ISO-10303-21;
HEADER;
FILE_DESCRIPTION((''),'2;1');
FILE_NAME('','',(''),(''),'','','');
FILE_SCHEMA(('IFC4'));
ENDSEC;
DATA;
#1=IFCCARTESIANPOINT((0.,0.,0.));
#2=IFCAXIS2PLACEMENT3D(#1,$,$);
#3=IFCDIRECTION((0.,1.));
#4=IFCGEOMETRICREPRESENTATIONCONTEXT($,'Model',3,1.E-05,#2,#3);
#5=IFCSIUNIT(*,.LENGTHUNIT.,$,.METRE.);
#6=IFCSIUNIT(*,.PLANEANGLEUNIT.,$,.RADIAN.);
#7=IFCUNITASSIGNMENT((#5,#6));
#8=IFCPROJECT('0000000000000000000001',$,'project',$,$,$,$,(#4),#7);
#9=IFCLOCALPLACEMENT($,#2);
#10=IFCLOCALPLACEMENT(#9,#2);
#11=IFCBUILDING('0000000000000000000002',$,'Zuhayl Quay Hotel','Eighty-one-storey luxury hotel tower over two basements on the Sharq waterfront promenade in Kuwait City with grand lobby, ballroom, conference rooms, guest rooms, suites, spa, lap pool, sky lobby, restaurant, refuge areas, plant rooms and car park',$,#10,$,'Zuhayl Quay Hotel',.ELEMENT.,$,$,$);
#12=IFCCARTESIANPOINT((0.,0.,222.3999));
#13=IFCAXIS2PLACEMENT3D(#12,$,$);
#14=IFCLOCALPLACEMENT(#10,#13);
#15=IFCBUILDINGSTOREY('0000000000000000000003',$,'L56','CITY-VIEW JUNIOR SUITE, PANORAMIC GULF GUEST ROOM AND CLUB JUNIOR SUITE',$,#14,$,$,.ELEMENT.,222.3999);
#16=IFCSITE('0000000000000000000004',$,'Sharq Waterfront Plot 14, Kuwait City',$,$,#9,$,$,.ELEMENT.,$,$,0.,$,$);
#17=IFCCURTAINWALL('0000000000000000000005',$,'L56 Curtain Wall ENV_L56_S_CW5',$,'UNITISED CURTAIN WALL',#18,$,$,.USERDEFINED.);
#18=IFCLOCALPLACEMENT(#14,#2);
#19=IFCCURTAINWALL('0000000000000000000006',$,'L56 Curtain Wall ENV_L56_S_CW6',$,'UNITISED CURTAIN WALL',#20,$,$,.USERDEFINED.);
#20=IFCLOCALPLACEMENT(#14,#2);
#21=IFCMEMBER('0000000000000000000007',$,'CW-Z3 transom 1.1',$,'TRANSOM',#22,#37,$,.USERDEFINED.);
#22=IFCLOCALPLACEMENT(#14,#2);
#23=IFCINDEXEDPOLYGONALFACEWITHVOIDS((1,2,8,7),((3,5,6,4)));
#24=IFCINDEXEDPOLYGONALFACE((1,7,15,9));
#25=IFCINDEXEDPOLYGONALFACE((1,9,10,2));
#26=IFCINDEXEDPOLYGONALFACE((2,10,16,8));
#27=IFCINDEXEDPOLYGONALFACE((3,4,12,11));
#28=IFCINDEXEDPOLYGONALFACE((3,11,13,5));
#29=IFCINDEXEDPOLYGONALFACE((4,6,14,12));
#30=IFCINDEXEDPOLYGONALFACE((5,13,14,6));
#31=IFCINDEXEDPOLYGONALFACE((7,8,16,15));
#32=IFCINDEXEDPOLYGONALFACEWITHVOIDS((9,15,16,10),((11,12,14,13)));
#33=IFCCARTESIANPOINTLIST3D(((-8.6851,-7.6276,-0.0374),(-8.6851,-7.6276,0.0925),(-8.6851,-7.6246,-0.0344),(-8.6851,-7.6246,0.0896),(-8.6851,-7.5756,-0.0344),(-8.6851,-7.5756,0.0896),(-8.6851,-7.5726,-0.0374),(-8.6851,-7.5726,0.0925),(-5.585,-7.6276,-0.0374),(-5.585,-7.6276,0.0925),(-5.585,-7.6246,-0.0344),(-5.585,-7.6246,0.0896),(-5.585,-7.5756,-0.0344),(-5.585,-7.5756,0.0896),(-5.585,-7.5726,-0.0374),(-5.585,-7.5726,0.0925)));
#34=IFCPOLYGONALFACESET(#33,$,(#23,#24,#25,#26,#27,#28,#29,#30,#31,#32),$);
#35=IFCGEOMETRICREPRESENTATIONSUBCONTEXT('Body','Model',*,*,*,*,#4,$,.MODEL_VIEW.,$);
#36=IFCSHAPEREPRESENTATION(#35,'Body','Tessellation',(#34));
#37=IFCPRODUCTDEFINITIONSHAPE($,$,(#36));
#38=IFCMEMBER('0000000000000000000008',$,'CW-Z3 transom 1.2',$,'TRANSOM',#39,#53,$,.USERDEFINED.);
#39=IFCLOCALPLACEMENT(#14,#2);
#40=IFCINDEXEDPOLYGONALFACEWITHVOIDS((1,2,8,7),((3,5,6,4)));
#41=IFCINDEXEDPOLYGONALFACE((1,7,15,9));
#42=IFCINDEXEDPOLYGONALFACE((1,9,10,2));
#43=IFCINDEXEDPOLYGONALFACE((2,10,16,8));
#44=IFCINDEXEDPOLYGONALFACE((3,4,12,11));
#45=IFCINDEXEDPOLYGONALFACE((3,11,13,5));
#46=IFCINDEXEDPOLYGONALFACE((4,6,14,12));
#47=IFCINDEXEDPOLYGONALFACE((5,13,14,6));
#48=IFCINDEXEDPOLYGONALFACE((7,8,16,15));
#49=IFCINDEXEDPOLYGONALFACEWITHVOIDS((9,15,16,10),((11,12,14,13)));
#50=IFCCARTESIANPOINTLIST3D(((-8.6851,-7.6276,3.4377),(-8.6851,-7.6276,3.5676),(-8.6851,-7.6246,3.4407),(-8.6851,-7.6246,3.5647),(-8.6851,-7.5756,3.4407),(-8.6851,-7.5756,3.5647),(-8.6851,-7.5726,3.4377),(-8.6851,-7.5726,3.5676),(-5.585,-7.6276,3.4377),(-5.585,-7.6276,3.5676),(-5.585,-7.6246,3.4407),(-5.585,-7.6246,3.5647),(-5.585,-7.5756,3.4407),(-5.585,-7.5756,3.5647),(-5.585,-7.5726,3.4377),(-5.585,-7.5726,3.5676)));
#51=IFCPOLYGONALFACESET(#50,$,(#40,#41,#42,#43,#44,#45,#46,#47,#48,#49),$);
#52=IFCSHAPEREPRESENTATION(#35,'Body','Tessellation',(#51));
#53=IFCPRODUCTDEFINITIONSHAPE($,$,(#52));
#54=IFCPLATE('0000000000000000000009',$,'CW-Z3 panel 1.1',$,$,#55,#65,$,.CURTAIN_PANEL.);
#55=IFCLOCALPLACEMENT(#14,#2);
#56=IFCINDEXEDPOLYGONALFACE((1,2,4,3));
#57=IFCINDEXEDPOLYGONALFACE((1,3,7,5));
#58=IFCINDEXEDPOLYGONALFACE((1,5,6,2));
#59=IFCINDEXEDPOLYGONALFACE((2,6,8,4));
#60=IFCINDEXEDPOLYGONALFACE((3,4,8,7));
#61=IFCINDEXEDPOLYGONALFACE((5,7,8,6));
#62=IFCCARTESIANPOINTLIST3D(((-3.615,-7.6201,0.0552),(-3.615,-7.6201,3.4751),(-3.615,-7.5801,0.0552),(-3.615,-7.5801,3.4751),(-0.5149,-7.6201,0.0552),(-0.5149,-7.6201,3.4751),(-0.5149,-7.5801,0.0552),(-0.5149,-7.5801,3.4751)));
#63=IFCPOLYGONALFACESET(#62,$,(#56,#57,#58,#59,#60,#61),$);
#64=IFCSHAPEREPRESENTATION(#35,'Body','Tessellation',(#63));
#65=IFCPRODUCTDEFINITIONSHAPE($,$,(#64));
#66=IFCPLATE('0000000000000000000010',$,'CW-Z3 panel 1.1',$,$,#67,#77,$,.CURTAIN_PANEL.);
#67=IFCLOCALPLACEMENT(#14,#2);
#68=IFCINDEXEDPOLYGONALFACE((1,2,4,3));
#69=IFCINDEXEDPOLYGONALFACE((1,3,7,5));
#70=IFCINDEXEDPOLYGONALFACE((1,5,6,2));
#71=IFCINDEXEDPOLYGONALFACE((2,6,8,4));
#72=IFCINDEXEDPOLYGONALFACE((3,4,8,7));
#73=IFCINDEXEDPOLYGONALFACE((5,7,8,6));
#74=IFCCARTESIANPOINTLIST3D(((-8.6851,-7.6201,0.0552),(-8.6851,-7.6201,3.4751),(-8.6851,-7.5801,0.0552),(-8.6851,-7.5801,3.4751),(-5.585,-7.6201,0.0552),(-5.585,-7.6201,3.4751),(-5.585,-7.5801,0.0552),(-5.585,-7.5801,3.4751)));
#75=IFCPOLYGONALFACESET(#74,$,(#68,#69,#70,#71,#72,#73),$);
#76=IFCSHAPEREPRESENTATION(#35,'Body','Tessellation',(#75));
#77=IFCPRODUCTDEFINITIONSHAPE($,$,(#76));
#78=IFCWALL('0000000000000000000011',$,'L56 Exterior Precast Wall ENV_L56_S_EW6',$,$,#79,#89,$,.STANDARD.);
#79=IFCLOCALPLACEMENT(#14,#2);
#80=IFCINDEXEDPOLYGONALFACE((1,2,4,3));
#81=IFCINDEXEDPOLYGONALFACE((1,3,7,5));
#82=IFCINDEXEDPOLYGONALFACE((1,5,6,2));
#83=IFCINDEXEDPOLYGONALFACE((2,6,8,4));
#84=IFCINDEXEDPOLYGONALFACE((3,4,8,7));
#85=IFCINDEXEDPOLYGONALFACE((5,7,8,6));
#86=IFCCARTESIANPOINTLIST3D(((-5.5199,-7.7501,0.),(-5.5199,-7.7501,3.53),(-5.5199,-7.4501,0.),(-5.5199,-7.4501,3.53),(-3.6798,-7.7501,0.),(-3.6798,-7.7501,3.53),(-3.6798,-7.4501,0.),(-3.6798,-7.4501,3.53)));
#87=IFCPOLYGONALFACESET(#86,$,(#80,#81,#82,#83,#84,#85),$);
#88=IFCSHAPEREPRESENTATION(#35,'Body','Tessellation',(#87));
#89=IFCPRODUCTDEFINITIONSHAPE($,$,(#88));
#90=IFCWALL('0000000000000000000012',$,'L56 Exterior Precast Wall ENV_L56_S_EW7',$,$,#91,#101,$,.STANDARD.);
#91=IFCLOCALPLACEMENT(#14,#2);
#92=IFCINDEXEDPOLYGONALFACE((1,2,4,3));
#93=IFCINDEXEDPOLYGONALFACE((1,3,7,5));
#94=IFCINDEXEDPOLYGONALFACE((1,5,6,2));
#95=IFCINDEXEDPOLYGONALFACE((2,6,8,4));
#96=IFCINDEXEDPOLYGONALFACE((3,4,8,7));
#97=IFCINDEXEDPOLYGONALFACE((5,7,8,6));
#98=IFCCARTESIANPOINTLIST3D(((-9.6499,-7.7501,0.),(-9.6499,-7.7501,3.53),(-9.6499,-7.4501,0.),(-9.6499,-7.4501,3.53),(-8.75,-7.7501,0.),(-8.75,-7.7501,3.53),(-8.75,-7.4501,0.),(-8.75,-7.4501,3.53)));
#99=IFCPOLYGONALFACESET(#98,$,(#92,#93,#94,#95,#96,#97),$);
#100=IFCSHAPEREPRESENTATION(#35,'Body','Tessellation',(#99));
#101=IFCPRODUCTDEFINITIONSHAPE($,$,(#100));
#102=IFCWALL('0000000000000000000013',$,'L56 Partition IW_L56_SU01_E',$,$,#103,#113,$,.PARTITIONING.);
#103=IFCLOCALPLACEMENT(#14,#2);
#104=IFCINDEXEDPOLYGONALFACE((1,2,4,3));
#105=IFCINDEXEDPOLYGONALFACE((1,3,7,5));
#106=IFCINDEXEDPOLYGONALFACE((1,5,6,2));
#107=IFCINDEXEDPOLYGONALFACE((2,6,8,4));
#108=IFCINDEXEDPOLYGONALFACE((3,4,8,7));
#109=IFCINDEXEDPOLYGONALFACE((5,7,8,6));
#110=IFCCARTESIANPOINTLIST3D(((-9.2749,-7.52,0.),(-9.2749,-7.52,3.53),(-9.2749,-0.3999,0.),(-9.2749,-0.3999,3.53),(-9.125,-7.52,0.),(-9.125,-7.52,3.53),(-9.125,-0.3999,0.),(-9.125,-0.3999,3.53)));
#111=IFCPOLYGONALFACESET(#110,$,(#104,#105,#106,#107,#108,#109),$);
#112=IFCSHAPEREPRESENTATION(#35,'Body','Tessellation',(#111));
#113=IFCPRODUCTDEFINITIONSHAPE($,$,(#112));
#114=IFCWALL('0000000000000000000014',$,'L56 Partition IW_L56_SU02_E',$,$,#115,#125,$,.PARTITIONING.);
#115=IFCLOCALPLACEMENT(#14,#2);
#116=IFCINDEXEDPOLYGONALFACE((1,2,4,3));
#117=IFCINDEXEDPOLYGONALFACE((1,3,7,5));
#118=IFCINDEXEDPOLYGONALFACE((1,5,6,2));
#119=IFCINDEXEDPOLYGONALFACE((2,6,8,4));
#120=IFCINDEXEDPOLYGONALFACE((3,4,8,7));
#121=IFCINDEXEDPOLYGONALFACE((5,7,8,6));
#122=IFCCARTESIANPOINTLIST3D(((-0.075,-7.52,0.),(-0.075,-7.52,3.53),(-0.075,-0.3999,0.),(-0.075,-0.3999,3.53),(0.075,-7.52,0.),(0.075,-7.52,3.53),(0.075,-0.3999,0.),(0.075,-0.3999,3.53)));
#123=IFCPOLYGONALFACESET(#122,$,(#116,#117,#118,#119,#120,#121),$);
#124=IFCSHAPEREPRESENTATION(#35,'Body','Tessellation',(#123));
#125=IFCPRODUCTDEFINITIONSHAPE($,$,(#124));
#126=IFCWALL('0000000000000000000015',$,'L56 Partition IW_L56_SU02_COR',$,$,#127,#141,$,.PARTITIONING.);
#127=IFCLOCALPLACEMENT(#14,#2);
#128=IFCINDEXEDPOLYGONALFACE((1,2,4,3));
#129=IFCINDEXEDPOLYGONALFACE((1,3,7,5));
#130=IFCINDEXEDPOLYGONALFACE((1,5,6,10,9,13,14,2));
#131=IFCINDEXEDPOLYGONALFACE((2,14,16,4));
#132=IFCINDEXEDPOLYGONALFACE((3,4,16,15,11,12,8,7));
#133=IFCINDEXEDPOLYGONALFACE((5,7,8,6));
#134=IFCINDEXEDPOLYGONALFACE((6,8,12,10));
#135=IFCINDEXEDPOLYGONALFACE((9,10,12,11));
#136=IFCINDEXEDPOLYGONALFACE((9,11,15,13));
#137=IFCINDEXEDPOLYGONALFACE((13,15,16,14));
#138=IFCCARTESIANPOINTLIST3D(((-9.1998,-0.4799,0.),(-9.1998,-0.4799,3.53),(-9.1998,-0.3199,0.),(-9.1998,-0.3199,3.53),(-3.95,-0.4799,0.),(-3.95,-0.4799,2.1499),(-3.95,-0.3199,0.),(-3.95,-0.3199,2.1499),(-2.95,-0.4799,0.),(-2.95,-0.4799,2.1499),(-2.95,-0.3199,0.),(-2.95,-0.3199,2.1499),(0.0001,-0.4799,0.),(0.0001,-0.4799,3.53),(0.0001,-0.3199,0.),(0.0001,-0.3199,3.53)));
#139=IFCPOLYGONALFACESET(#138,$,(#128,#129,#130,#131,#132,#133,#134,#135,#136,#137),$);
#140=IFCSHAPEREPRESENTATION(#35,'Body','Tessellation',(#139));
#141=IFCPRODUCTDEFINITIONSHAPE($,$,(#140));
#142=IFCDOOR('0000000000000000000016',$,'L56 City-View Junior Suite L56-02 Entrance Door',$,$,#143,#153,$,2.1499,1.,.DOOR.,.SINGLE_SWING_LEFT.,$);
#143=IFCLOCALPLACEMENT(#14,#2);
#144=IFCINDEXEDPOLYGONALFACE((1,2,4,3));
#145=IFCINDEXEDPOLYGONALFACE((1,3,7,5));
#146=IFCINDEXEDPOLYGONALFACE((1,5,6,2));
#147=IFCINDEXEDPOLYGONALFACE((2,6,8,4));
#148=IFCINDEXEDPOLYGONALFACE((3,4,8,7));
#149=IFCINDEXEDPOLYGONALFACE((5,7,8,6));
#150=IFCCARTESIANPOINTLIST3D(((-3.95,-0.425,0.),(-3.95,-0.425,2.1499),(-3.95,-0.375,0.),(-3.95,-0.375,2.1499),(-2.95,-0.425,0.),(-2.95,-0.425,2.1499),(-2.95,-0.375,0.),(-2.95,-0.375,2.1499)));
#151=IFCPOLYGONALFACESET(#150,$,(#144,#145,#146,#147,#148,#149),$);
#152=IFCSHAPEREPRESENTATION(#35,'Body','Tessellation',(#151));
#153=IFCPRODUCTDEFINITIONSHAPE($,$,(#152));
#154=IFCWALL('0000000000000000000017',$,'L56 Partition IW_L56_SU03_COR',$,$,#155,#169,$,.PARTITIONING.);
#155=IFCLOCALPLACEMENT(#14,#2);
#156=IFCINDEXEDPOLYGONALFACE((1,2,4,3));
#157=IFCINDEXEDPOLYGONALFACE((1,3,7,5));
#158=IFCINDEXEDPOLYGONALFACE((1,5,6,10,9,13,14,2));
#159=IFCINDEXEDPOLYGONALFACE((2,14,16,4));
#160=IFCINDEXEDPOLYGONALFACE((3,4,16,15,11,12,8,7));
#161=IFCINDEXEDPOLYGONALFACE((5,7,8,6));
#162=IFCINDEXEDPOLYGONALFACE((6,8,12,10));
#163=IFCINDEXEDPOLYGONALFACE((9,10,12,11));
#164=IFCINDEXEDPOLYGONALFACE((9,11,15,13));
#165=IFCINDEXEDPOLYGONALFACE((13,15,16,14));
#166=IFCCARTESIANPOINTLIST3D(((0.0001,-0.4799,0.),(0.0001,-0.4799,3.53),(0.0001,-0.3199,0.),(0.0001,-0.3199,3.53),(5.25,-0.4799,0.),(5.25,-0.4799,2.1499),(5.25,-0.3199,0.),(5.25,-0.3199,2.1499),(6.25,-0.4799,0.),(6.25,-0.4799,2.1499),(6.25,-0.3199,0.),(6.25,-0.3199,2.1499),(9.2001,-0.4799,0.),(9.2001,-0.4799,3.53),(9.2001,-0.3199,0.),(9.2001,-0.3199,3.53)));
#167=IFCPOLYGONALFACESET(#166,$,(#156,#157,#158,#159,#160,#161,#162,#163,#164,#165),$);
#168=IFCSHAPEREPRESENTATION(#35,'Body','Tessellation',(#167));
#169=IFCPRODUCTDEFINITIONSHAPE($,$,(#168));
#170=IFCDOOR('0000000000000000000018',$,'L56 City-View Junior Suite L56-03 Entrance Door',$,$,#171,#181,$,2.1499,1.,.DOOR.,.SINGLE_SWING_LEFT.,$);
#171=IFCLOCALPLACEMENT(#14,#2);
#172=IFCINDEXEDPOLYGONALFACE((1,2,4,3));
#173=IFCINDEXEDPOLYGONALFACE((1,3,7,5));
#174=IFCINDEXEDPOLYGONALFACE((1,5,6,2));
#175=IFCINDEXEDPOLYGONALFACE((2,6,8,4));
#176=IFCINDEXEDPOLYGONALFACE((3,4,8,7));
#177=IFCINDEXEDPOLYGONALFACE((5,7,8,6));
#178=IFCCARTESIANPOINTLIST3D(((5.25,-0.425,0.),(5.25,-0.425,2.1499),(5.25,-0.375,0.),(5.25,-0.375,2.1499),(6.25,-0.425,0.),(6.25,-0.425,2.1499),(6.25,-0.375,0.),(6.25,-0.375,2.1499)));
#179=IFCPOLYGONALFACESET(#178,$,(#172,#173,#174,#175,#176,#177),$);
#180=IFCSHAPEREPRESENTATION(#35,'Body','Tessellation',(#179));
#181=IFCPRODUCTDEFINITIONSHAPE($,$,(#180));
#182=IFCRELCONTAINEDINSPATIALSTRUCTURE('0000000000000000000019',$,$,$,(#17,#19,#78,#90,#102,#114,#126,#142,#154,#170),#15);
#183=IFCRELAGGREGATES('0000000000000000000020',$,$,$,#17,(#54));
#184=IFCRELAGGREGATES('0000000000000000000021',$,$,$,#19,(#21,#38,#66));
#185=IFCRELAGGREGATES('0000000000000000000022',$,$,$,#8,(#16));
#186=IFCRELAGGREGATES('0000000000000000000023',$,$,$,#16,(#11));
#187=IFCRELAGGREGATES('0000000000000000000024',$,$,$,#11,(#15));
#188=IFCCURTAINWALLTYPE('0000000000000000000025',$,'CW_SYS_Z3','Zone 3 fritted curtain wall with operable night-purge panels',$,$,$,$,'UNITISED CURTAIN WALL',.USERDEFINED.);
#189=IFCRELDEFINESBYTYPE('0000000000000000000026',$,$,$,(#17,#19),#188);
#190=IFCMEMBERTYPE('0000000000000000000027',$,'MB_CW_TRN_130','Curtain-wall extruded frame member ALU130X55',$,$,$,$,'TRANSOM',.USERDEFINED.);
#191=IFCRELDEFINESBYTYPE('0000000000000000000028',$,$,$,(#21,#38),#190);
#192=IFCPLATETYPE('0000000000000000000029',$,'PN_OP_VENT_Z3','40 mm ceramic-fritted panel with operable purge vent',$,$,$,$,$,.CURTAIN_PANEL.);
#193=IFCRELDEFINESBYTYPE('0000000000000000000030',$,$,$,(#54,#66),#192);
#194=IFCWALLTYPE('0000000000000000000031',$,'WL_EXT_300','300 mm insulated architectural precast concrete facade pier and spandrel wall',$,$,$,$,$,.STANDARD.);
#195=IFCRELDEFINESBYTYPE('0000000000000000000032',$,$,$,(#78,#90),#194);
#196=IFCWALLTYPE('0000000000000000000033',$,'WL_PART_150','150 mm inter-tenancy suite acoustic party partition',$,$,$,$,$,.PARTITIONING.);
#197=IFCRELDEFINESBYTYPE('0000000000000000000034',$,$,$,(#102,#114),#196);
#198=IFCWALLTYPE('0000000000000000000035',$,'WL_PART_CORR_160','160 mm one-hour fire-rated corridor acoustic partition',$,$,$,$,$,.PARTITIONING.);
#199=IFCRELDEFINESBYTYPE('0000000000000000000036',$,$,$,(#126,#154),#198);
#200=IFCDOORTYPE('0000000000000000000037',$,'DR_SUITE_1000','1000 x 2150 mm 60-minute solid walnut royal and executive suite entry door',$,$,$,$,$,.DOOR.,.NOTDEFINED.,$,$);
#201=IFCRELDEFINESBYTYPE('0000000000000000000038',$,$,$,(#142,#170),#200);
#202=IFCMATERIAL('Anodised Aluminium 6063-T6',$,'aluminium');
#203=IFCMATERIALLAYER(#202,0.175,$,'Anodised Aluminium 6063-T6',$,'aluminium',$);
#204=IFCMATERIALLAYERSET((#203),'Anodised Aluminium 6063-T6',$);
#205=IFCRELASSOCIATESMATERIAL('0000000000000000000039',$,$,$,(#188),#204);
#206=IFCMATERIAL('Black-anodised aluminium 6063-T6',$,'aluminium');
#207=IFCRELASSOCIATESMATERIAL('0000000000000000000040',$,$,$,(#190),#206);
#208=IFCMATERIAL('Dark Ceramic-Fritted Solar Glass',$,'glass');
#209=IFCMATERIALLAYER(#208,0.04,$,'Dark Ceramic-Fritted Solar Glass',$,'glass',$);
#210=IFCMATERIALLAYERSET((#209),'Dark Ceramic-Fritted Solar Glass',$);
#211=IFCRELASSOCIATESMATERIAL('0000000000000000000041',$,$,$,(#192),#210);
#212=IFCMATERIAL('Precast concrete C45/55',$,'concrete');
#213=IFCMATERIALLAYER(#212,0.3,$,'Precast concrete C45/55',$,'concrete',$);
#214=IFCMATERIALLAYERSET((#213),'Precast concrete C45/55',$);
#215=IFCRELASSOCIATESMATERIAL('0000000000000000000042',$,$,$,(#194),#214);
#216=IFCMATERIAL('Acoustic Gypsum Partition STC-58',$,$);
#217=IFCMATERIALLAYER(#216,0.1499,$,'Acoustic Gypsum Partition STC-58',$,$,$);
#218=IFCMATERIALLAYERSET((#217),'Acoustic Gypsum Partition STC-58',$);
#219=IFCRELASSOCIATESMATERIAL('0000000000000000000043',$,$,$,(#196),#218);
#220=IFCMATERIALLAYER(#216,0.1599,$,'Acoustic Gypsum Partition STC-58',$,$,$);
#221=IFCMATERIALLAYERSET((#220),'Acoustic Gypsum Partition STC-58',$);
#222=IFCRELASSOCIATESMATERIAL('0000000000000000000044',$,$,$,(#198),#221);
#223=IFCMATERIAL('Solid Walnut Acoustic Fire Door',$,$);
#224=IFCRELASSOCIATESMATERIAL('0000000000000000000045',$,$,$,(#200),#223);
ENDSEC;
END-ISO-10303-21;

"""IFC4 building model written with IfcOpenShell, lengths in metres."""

from ifc_helpers import new_model, si_unit, direction, frame, frame_2d, origin, origin_2d, place, context, subcontext, project, spatial, rectangle, hollow_rectangle, extrude, material, layer, layer_set, material_profile, profile_set, type_object, element, fill, aggregate, save


model = new_model("IFC4")

# Units and contexts
model_context = context("Model", 3, precision=1e-05, world=origin(), true_north=direction((0.0, 1.0)))
body_context = subcontext(model_context, "Body", "Model", "MODEL_VIEW")
ifc_project = project(units=[si_unit("LENGTHUNIT", "METRE"), si_unit("PLANEANGLEUNIT", "RADIAN")], contexts=[model_context])

# Site, building, storey
site_placement = place(None, origin())
site = spatial("IfcSite", under=ifc_project, at=site_placement, Name="Sharq Waterfront Plot 14, Kuwait City", CompositionType="ELEMENT", RefElevation=0.0)
building_placement = place(site_placement, origin())
building = spatial("IfcBuilding", under=site, at=building_placement, Name="Zuhayl Quay Hotel", Description="Eighty-one-storey luxury hotel tower over two basements on the Sharq waterfront promenade in Kuwait City with grand lobby, ballroom, conference rooms, guest rooms, suites, spa, lap pool, sky lobby, restaurant, refuge areas, plant rooms and car park", LongName="Zuhayl Quay Hotel", CompositionType="ELEMENT")
storey_placement = place(building_placement, frame((0.0, 0.0, 222.3999)))
storey = spatial("IfcBuildingStorey", under=building, at=storey_placement, Name="L56", Description="CITY-VIEW JUNIOR SUITE, PANORAMIC GULF GUEST ROOM AND CLUB JUNIOR SUITE", CompositionType="ELEMENT", Elevation=222.3999)

# Curtain walls
ifc_material_1 = material(Name="Anodised Aluminium 6063-T6", Category="aluminium")
ifc_layer_1 = layer(ifc_material_1, 0.175, Name="Anodised Aluminium 6063-T6", Category="aluminium")
ifc_layer_set_1 = layer_set([ifc_layer_1], Name="Anodised Aluminium 6063-T6")
curtain_wall_type = type_object("IfcCurtainWallType", Name="CW_SYS_Z3", Description="Zone 3 fritted curtain wall with operable night-purge panels", ElementType="UNITISED CURTAIN WALL", PredefinedType="USERDEFINED", material=ifc_layer_set_1)
curtain_wall_1_placement = place(storey_placement, origin())
curtain_wall_1 = element("IfcCurtainWall", 1, at=curtain_wall_1_placement, inside=storey, type_object=curtain_wall_type, Name="L56 Curtain Wall ENV_L56_S_CW5", ObjectType="UNITISED CURTAIN WALL", PredefinedType="USERDEFINED")
ifc_material_2 = material(Name="Black-anodised aluminium 6063-T6", Category="aluminium")
curtain_wall_2_placement = place(storey_placement, origin())
curtain_wall_2 = element("IfcCurtainWall", 2, at=curtain_wall_2_placement, inside=storey, type_object=curtain_wall_type, Name="L56 Curtain Wall ENV_L56_S_CW6", ObjectType="UNITISED CURTAIN WALL", PredefinedType="USERDEFINED")

# Members
ifc_material_profile_1 = material_profile(ifc_material_2, hollow_rectangle(XDim=0.0549, YDim=0.1299, WallThickness=0.0029, at=origin_2d()), Name="ALU130X55")
ifc_profile_set_1 = profile_set([ifc_material_profile_1], Name="Black-anodised aluminium 6063-T6")
member_type_1 = type_object("IfcMemberType", Name="MB_CW_TRN_130", Description="Curtain-wall extruded frame member ALU130X55", ElementType="TRANSOM", PredefinedType="USERDEFINED", material=ifc_profile_set_1)
member_1_placement = place(storey_placement, frame((-5.585, -7.6001, 0.0276), z_axis=(-1.0, 0.0, 0.0), x_axis=(0.0, -1.0, 0.0)))
member_1 = element("IfcMember", 3, at=member_1_placement, type_object=member_type_1, Name="CW-Z3 transom 1.1", ObjectType="TRANSOM", PredefinedType="USERDEFINED", context=body_context, shape_type="SweptSolid", body=[
    extrude(hollow_rectangle(XDim=0.0549, YDim=0.1299, WallThickness=0.0029, at=origin_2d()), origin(), (0.0, 0.0, 1.0), 3.1001),
])
member_2_placement = place(storey_placement, frame((-5.585, -7.6001, 3.5027), z_axis=(-1.0, 0.0, 0.0), x_axis=(0.0, -1.0, 0.0)))
member_2 = element("IfcMember", 4, at=member_2_placement, type_object=member_type_1, Name="CW-Z3 transom 1.2", ObjectType="TRANSOM", PredefinedType="USERDEFINED", context=body_context, shape_type="SweptSolid", body=[
    extrude(hollow_rectangle(XDim=0.0549, YDim=0.1299, WallThickness=0.0029, at=origin_2d()), origin(), (0.0, 0.0, 1.0), 3.1001),
])

# Plates
ifc_material_3 = material(Name="Dark Ceramic-Fritted Solar Glass", Category="glass")
ifc_layer_2 = layer(ifc_material_3, 0.04, Name="Dark Ceramic-Fritted Solar Glass", Category="glass")
ifc_layer_set_2 = layer_set([ifc_layer_2], Name="Dark Ceramic-Fritted Solar Glass")
plate_type = type_object("IfcPlateType", Name="PN_OP_VENT_Z3", Description="40 mm ceramic-fritted panel with operable purge vent", PredefinedType="CURTAIN_PANEL", material=ifc_layer_set_2)
plate_1_placement = place(storey_placement, frame((-2.0649, -7.6001, 0.0552), z_axis=(0.0, 0.0, 1.0), x_axis=(-1.0, 0.0, 0.0)))
plate_1 = element("IfcPlate", 5, at=plate_1_placement, type_object=plate_type, Name="CW-Z3 panel 1.1", PredefinedType="CURTAIN_PANEL", context=body_context, shape_type="SweptSolid", body=[
    extrude(rectangle(XDim=3.1001, YDim=0.04, at=origin_2d()), origin(), (0.0, 0.0, 1.0), 3.4199),
])
aggregate(curtain_wall_1, [plate_1])
plate_2_placement = place(storey_placement, frame((-7.135, -7.6001, 0.0552), z_axis=(0.0, 0.0, 1.0), x_axis=(-1.0, 0.0, 0.0)))
plate_2 = element("IfcPlate", 6, at=plate_2_placement, type_object=plate_type, Name="CW-Z3 panel 1.1", PredefinedType="CURTAIN_PANEL", context=body_context, shape_type="SweptSolid", body=[
    extrude(rectangle(XDim=3.1001, YDim=0.04, at=origin_2d()), origin(), (0.0, 0.0, 1.0), 3.4199),
])
aggregate(curtain_wall_2, [member_1, member_2, plate_2])

# Walls
ifc_material_4 = material(Name="Precast concrete C45/55", Category="concrete")
ifc_layer_3 = layer(ifc_material_4, 0.3, Name="Precast concrete C45/55", Category="concrete")
ifc_layer_set_3 = layer_set([ifc_layer_3], Name="Precast concrete C45/55")
wall_type_1 = type_object("IfcWallType", Name="WL_EXT_300", Description="300 mm insulated architectural precast concrete facade pier and spandrel wall", PredefinedType="STANDARD", material=ifc_layer_set_3)
wall_1_placement = place(storey_placement, frame((-3.6799, -7.6001, 0.0), z_axis=(0.0, 0.0, 1.0), x_axis=(-1.0, 0.0, 0.0)))
element("IfcWall", 7, at=wall_1_placement, inside=storey, type_object=wall_type_1, Name="L56 Exterior Precast Wall ENV_L56_S_EW6", PredefinedType="STANDARD", context=body_context, shape_type="SweptSolid", body=[
    extrude(rectangle(XDim=1.8401, YDim=0.3, at=frame_2d((0.9199, 0.0))), origin(), (0.0, 0.0, 1.0), 3.53),
])
wall_2_placement = place(storey_placement, frame((-8.75, -7.6001, 0.0), z_axis=(0.0, 0.0, 1.0), x_axis=(-1.0, 0.0, 0.0)))
element("IfcWall", 8, at=wall_2_placement, inside=storey, type_object=wall_type_1, Name="L56 Exterior Precast Wall ENV_L56_S_EW7", PredefinedType="STANDARD", context=body_context, shape_type="SweptSolid", body=[
    extrude(rectangle(XDim=0.8999, YDim=0.3, at=frame_2d((0.45, 0.0))), origin(), (0.0, 0.0, 1.0), 3.53),
])
ifc_material_5 = material(Name="Acoustic Gypsum Partition STC-58")
ifc_layer_4 = layer(ifc_material_5, 0.1499, Name="Acoustic Gypsum Partition STC-58")
ifc_layer_set_4 = layer_set([ifc_layer_4], Name="Acoustic Gypsum Partition STC-58")
wall_type_2 = type_object("IfcWallType", Name="WL_PART_150", Description="150 mm inter-tenancy suite acoustic party partition", PredefinedType="PARTITIONING", material=ifc_layer_set_4)
for number, where, z_axis, x_axis, name in (
    (9, (-9.2, -7.52, 0.0), (0.0, 0.0, 1.0), (0.0, 1.0, 0.0), "L56 Partition IW_L56_SU01_E"),
    (10, (0.0, -7.52, 0.0), (0.0, 0.0, 1.0), (0.0, 1.0, 0.0), "L56 Partition IW_L56_SU02_E"),
):
    element("IfcWall", number, at=place(storey_placement, frame(where, z_axis=z_axis, x_axis=x_axis)), inside=storey, type_object=wall_type_2, Name=name, PredefinedType="PARTITIONING", context=body_context, shape_type="SweptSolid", body=[
        extrude(rectangle(XDim=7.1201, YDim=0.1499, at=frame_2d((3.5601, 0.0))), origin(), (0.0, 0.0, 1.0), 3.53),
    ])

# Walls, openings, doors
ifc_layer_5 = layer(ifc_material_5, 0.1599, Name="Acoustic Gypsum Partition STC-58")
ifc_layer_set_5 = layer_set([ifc_layer_5], Name="Acoustic Gypsum Partition STC-58")
wall_type_3 = type_object("IfcWallType", Name="WL_PART_CORR_160", Description="160 mm one-hour fire-rated corridor acoustic partition", PredefinedType="PARTITIONING", material=ifc_layer_set_5)
wall_3_placement = place(storey_placement, frame((-9.2, -0.3999, 0.0), z_axis=(0.0, 0.0, 1.0), x_axis=(1.0, 0.0, 0.0)))
wall_3 = element("IfcWall", 11, at=wall_3_placement, inside=storey, type_object=wall_type_3, Name="L56 Partition IW_L56_SU02_COR", PredefinedType="PARTITIONING", context=body_context, shape_type="SweptSolid", body=[
    extrude(rectangle(XDim=9.2, YDim=0.1599, at=frame_2d((4.6001, 0.0))), origin(), (0.0, 0.0, 1.0), 3.53),
])
opening_1_placement = place(wall_3_placement, frame((5.25, 0.0, 0.0)))
opening_1 = element("IfcOpeningElement", 12, at=opening_1_placement, cuts=wall_3, PredefinedType="OPENING", context=body_context, shape_type="SweptSolid", body=[
    extrude(rectangle(XDim=1.0, YDim=2.1499, at=frame_2d((0.5, 1.075))), frame((0.0, 0.0898, 0.0), z_axis=(0.0, -1.0, 0.0), x_axis=(1.0, 0.0, 0.0)), (0.0, 0.0, 1.0), 0.1799),
])
ifc_material_6 = material(Name="Solid Walnut Acoustic Fire Door")
door_type_1 = type_object("IfcDoorType", Name="DR_SUITE_1000", Description="1000 x 2150 mm 60-minute solid walnut royal and executive suite entry door", OperationType="NOTDEFINED", PredefinedType="DOOR", material=ifc_material_6)
door_1_placement = place(opening_1_placement, origin())
door_1 = element("IfcDoor", 13, at=door_1_placement, inside=storey, type_object=door_type_1, Name="L56 City-View Junior Suite L56-02 Entrance Door", OperationType="SINGLE_SWING_LEFT", OverallHeight=2.1499, OverallWidth=1.0, PredefinedType="DOOR", context=body_context, shape_type="SweptSolid", body=[
    extrude(rectangle(XDim=1.0, YDim=2.1499, at=frame_2d((0.5, 1.075))), frame((0.0, 0.0249, 0.0), z_axis=(0.0, -1.0, 0.0), x_axis=(1.0, 0.0, 0.0)), (0.0, 0.0, 1.0), 0.05),
])
fill(opening_1, door_1)
wall_4_placement = place(storey_placement, frame((0.0, -0.3999, 0.0), z_axis=(0.0, 0.0, 1.0), x_axis=(1.0, 0.0, 0.0)))
wall_4 = element("IfcWall", 14, at=wall_4_placement, inside=storey, type_object=wall_type_3, Name="L56 Partition IW_L56_SU03_COR", PredefinedType="PARTITIONING", context=body_context, shape_type="SweptSolid", body=[
    extrude(rectangle(XDim=9.2, YDim=0.1599, at=frame_2d((4.6001, 0.0))), origin(), (0.0, 0.0, 1.0), 3.53),
])
opening_2_placement = place(wall_4_placement, frame((5.25, 0.0, 0.0)))
opening_2 = element("IfcOpeningElement", 15, at=opening_2_placement, cuts=wall_4, PredefinedType="OPENING", context=body_context, shape_type="SweptSolid", body=[
    extrude(rectangle(XDim=1.0, YDim=2.1499, at=frame_2d((0.5, 1.075))), frame((0.0, 0.0898, 0.0), z_axis=(0.0, -1.0, 0.0), x_axis=(1.0, 0.0, 0.0)), (0.0, 0.0, 1.0), 0.1799),
])
door_2_placement = place(opening_2_placement, origin())
door_2 = element("IfcDoor", 16, at=door_2_placement, inside=storey, type_object=door_type_1, Name="L56 City-View Junior Suite L56-03 Entrance Door", OperationType="SINGLE_SWING_LEFT", OverallHeight=2.1499, OverallWidth=1.0, PredefinedType="DOOR", context=body_context, shape_type="SweptSolid", body=[
    extrude(rectangle(XDim=1.0, YDim=2.1499, at=frame_2d((0.5, 1.075))), frame((0.0, 0.0249, 0.0), z_axis=(0.0, -1.0, 0.0), x_axis=(1.0, 0.0, 0.0)), (0.0, 0.0, 1.0), 0.05),
])
fill(opening_2, door_2)

save(model, "model.ifc")
